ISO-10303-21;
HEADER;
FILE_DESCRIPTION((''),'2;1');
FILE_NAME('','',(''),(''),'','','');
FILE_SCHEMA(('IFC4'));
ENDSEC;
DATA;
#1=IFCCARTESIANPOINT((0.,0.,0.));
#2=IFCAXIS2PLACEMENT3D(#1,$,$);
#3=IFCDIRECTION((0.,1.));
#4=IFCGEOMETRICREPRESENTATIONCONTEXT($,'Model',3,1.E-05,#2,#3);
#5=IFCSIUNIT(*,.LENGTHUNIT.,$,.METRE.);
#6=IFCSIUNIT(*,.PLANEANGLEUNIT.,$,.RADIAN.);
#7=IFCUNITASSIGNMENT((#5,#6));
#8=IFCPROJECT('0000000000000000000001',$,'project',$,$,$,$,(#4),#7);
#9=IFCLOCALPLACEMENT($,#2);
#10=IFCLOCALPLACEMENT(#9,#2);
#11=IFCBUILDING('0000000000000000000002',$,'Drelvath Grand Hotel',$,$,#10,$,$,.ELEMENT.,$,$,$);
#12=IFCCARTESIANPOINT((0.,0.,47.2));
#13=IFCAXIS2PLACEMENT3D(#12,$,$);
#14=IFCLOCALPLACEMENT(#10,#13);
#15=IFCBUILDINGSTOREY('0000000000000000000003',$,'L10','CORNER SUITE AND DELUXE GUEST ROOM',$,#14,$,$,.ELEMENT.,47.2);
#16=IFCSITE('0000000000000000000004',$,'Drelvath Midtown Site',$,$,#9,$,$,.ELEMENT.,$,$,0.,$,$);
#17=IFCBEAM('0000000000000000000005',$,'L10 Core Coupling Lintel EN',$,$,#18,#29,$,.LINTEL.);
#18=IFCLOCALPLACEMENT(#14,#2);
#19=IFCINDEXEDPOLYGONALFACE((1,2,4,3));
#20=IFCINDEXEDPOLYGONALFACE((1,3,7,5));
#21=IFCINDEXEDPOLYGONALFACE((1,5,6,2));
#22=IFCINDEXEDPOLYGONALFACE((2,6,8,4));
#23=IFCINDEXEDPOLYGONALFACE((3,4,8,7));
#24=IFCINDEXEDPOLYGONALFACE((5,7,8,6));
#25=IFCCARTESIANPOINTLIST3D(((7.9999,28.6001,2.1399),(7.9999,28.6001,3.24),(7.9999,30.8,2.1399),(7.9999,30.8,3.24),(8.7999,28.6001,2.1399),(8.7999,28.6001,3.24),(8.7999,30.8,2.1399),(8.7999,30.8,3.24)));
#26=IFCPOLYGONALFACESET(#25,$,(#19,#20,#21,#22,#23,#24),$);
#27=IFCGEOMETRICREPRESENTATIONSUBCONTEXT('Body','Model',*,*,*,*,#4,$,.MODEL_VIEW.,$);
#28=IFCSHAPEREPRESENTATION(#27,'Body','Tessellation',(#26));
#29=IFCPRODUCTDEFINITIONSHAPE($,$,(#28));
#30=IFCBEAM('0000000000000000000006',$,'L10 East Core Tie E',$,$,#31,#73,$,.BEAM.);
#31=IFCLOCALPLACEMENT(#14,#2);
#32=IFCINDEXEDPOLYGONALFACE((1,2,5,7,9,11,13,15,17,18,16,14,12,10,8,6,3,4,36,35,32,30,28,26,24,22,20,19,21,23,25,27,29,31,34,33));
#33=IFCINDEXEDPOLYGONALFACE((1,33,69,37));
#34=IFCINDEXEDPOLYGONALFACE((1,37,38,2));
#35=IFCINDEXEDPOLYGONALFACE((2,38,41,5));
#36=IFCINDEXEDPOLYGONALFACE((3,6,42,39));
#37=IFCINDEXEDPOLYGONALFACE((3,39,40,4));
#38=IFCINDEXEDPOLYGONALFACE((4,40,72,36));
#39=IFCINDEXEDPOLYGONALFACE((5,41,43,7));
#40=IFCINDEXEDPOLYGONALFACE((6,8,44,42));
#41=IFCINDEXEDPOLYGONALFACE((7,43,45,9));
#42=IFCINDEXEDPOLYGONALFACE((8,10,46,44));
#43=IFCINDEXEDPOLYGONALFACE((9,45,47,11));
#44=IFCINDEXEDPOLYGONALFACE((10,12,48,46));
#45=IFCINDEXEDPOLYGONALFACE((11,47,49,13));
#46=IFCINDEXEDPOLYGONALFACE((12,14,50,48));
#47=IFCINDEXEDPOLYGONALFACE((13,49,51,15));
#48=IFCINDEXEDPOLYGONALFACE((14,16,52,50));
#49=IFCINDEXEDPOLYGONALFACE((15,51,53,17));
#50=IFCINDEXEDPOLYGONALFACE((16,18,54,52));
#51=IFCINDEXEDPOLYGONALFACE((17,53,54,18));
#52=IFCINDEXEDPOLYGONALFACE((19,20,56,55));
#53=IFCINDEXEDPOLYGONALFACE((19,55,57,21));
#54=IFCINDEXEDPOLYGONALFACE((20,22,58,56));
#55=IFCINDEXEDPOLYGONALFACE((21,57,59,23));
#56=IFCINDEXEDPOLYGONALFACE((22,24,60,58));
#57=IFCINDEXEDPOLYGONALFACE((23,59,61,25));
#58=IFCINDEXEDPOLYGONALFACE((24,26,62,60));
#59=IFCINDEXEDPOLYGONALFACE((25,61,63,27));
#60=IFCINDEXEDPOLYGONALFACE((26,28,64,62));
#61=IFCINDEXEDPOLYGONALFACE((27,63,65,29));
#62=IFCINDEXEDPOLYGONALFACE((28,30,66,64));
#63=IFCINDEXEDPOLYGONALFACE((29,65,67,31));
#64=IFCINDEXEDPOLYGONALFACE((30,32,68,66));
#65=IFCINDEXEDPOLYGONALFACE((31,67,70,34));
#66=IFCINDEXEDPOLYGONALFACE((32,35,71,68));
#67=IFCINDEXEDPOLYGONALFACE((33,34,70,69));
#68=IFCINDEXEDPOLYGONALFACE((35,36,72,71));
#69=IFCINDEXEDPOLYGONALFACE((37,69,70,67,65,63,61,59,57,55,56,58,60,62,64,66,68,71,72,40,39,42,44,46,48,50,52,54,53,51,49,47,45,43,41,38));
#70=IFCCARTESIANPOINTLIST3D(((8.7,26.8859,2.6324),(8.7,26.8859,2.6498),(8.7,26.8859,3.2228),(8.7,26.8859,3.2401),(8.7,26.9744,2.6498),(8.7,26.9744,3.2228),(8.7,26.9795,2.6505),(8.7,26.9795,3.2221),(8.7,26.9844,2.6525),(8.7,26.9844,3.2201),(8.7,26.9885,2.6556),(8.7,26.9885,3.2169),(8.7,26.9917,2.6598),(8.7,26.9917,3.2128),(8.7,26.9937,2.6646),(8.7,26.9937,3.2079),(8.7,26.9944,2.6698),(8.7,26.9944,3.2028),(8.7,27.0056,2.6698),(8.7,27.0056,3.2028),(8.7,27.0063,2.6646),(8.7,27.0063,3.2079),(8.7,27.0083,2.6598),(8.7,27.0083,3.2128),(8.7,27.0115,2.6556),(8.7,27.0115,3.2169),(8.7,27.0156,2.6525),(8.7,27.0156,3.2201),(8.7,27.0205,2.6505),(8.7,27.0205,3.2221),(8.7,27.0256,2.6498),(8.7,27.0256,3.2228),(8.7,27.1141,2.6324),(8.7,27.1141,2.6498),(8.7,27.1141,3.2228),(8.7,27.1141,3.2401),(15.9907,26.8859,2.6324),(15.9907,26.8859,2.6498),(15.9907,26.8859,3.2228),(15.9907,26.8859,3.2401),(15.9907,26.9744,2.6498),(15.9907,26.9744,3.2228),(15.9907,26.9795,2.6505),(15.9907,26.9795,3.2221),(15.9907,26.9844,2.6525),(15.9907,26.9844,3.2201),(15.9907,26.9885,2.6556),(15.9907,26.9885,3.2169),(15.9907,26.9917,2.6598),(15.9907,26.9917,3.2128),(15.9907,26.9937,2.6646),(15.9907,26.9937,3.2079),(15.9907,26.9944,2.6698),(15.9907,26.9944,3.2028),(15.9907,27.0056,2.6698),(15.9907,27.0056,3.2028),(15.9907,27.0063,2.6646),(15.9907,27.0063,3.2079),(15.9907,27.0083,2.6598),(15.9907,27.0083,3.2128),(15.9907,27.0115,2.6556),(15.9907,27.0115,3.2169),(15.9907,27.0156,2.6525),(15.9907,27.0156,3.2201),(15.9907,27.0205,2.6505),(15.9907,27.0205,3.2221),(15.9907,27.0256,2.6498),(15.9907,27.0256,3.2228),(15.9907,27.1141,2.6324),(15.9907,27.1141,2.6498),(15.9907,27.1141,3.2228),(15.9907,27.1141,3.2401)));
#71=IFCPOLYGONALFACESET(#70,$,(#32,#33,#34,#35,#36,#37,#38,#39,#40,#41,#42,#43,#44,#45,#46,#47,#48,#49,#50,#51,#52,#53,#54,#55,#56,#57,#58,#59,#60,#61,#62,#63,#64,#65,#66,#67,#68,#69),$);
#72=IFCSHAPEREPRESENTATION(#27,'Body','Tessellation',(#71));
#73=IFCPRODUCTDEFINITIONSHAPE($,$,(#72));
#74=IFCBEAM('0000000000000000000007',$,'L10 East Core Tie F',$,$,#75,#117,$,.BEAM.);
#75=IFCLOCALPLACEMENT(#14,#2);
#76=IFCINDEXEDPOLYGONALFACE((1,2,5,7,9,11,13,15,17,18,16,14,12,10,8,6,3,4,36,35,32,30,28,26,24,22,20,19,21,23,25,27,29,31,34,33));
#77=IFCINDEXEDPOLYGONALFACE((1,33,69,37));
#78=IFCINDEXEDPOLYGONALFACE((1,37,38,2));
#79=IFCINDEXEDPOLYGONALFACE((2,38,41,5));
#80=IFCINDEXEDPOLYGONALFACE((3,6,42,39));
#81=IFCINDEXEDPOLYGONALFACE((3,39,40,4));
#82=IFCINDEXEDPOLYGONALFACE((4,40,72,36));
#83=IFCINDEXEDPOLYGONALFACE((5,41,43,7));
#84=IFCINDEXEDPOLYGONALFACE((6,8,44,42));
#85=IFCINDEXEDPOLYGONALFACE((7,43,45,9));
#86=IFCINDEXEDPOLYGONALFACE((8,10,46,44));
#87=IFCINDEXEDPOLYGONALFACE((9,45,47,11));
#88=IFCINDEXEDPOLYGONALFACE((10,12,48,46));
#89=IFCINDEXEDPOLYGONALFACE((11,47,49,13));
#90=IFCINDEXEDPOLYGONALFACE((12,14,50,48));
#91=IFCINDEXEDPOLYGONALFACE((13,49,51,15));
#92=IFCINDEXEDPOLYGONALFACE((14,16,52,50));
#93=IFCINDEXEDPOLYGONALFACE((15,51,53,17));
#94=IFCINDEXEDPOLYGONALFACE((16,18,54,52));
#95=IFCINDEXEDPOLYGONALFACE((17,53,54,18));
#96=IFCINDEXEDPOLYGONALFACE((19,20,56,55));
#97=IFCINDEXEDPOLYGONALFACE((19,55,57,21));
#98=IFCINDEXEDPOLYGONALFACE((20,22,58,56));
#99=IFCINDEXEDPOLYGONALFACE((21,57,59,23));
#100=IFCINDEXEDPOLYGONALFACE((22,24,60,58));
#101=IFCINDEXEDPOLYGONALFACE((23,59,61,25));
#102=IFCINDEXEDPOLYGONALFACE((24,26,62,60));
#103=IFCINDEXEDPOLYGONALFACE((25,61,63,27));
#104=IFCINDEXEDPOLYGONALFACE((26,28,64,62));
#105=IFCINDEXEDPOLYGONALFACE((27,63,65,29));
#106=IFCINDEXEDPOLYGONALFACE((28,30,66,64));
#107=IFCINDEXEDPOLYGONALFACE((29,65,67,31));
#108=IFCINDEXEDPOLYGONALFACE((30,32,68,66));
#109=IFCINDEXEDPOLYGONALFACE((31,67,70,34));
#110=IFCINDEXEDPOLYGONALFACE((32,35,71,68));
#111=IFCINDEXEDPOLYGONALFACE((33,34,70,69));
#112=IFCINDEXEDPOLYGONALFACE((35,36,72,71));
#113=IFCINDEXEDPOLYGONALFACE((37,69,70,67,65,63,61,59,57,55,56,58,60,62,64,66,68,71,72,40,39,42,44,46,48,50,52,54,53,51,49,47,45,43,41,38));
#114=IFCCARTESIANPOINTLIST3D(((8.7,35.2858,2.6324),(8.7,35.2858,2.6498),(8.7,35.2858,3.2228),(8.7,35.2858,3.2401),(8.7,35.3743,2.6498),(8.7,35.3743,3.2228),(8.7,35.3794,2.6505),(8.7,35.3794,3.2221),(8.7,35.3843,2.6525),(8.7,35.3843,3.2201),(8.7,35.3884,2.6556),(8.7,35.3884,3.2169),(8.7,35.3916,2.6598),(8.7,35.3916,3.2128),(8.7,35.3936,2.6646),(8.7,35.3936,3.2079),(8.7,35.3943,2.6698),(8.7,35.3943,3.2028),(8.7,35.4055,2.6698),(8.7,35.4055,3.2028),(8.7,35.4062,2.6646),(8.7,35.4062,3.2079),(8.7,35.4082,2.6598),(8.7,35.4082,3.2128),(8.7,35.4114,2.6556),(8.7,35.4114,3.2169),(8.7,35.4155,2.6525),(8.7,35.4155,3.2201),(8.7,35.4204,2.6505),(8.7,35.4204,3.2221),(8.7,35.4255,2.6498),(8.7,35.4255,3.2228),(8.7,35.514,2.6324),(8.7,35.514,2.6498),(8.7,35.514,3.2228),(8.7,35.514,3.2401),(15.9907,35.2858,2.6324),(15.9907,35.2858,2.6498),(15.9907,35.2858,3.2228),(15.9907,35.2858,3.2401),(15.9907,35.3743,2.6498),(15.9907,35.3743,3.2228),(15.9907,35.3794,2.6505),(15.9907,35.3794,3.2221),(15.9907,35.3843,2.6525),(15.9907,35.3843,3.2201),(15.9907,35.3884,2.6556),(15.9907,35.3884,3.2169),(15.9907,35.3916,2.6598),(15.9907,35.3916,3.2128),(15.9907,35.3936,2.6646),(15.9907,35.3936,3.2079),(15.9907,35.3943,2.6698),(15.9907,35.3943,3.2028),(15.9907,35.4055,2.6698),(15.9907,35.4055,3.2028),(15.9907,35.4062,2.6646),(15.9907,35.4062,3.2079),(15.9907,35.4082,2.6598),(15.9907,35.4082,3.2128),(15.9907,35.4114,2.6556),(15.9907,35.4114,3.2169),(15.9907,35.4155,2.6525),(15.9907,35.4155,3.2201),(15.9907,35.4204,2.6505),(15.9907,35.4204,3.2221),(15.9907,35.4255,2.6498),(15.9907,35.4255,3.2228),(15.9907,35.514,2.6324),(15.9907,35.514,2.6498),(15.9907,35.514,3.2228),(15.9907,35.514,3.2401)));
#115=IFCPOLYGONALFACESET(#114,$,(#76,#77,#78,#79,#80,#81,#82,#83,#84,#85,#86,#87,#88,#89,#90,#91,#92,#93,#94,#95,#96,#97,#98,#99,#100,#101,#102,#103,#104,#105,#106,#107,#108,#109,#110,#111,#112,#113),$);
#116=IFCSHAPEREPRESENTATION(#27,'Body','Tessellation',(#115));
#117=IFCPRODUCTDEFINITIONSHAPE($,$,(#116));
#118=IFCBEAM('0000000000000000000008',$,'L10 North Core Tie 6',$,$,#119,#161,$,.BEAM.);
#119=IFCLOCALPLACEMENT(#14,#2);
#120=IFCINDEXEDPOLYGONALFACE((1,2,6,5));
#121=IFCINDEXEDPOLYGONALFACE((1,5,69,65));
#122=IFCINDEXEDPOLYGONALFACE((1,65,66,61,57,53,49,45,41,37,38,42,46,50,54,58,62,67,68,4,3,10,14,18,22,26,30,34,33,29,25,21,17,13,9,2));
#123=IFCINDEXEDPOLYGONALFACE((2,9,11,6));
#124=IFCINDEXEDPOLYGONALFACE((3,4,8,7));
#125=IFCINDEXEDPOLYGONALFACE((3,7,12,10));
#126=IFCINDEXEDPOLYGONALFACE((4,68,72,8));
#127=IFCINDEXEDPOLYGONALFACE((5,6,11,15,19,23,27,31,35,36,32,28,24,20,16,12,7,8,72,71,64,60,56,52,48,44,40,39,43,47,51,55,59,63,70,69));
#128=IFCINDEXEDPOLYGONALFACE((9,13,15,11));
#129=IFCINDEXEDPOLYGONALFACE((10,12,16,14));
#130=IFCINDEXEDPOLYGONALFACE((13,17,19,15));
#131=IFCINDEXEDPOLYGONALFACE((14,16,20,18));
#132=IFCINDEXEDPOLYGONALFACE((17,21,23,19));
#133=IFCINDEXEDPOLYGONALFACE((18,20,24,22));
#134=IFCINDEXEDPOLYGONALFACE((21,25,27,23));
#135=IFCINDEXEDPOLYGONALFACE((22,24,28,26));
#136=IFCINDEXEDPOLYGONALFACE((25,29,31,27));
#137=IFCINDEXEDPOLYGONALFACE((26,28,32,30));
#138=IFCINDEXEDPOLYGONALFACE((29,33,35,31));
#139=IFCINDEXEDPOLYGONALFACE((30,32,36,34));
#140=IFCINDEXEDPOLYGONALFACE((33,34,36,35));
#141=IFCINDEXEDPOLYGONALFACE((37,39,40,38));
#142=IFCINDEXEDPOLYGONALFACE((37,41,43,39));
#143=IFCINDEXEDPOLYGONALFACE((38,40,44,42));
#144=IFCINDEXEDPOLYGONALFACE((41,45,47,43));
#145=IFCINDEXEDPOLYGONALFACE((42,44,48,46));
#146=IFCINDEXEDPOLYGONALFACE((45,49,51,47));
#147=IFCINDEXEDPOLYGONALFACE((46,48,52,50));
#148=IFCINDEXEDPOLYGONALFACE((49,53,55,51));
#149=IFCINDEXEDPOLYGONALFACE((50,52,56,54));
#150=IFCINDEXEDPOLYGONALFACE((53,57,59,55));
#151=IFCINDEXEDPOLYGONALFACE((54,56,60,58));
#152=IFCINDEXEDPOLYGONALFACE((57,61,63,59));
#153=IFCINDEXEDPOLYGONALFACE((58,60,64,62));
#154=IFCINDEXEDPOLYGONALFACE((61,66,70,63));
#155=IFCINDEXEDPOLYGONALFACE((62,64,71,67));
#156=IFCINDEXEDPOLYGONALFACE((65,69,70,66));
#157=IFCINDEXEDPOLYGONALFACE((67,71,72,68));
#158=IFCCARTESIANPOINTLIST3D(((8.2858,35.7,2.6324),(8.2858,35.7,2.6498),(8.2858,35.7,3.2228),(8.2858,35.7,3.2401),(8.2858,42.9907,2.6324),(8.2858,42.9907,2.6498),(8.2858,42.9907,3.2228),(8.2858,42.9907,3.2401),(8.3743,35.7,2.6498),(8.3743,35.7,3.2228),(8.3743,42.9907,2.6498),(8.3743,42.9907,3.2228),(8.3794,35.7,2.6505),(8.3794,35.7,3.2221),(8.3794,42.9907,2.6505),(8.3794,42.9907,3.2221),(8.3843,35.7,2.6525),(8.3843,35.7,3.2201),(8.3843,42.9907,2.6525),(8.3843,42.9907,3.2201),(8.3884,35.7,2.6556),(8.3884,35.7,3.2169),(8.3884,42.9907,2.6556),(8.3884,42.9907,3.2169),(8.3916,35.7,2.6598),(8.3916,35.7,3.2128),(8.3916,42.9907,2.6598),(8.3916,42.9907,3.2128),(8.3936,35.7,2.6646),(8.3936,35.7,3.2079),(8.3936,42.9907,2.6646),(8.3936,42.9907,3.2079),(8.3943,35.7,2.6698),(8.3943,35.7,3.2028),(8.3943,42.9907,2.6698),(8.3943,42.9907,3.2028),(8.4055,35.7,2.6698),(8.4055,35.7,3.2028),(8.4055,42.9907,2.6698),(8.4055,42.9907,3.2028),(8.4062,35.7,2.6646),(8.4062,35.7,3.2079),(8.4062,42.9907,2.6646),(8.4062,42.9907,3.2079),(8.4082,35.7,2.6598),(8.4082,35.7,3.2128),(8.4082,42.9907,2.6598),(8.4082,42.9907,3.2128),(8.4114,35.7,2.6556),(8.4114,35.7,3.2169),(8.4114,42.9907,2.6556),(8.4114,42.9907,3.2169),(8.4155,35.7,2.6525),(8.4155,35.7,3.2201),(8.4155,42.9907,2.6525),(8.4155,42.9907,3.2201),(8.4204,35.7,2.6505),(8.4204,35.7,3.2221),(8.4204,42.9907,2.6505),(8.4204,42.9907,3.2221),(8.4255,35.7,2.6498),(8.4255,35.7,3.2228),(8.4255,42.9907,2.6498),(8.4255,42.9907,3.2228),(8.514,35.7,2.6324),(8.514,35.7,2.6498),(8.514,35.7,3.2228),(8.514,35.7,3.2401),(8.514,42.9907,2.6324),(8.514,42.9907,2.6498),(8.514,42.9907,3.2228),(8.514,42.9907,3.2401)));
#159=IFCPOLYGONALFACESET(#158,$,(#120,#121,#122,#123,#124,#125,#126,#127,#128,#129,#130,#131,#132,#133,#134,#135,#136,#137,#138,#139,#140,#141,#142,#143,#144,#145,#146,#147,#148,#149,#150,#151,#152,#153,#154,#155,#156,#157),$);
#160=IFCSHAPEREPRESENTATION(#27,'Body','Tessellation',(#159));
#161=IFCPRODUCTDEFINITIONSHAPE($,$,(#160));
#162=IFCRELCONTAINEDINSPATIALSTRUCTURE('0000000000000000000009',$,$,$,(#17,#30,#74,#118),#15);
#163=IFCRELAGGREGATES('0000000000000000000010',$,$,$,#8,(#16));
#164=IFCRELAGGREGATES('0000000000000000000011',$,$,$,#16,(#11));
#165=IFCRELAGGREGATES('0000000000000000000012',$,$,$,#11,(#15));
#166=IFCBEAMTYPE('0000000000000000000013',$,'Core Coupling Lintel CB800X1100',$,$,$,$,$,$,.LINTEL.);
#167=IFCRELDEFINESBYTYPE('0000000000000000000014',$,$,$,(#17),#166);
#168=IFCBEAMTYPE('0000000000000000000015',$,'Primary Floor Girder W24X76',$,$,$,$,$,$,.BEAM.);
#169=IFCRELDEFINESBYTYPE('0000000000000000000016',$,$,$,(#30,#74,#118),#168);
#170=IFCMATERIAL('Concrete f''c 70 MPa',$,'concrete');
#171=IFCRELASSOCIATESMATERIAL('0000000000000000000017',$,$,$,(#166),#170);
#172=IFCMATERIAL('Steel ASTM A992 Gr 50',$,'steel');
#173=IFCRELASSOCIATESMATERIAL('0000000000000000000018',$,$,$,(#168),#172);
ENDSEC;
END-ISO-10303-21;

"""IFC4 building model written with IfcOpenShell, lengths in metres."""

from ifc_helpers import new_model, si_unit, direction, frame, origin, origin_2d, place, context, subcontext, project, spatial, rectangle, i_section, extrude, material, material_profile, profile_set, type_object, element, save


model = new_model("IFC4")

# Units and contexts
model_context = context("Model", 3, precision=1e-05, world=origin(), true_north=direction((0.0, 1.0)))
body_context = subcontext(model_context, "Body", "Model", "MODEL_VIEW")
ifc_project = project(units=[si_unit("LENGTHUNIT", "METRE"), si_unit("PLANEANGLEUNIT", "RADIAN")], contexts=[model_context])

# Site, building, storey
site_placement = place(None, origin())
site = spatial("IfcSite", under=ifc_project, at=site_placement, Name="Drelvath Midtown Site", CompositionType="ELEMENT", RefElevation=0.0)
building_placement = place(site_placement, origin())
building = spatial("IfcBuilding", under=site, at=building_placement, Name="Drelvath Grand Hotel", CompositionType="ELEMENT")
storey_placement = place(building_placement, frame((0.0, 0.0, 47.2)))
storey = spatial("IfcBuildingStorey", under=building, at=storey_placement, Name="L10", Description="CORNER SUITE AND DELUXE GUEST ROOM", CompositionType="ELEMENT", Elevation=47.2)

# Beams
ifc_material_1 = material(Name="Concrete f'c 70 MPa", Category="concrete")
ifc_material_profile_1 = material_profile(ifc_material_1, rectangle(XDim=0.8, YDim=1.1001, at=origin_2d()), Name="CB800X1100")
ifc_profile_set_1 = profile_set([ifc_material_profile_1], Name="Concrete f'c 70 MPa")
beam_type_1 = type_object("IfcBeamType", Name="Core Coupling Lintel CB800X1100", PredefinedType="LINTEL", material=ifc_profile_set_1)
beam_placement = place(storey_placement, frame((8.3999, 28.6001, 2.6899), z_axis=(0.0, 1.0, 0.0), x_axis=(-1.0, 0.0, 0.0)))
element("IfcBeam", 1, at=beam_placement, inside=storey, type_object=beam_type_1, Name="L10 Core Coupling Lintel EN", PredefinedType="LINTEL", context=body_context, shape_type="SweptSolid", body=[
    extrude(rectangle(XDim=0.8, YDim=1.1001, at=origin_2d()), origin(), (0.0, 0.0, 1.0), 2.2),
])
ifc_material_2 = material(Name="Steel ASTM A992 Gr 50", Category="steel")
ifc_material_profile_2 = material_profile(ifc_material_2, i_section(OverallWidth=0.2283, OverallDepth=0.6077, WebThickness=0.0112, FlangeThickness=0.0173, FilletRadius=0.02, at=origin_2d()), Name="W24X76")
ifc_profile_set_2 = profile_set([ifc_material_profile_2], Name="Steel ASTM A992 Gr 50")
beam_type_2 = type_object("IfcBeamType", Name="Primary Floor Girder W24X76", PredefinedType="BEAM", material=ifc_profile_set_2)
for number, where, z_axis, x_axis, name in (
    (2, (8.7, 27.0, 2.9363), (1.0, 0.0, 0.0), (0.0, 1.0, 0.0), "L10 East Core Tie E"),
    (3, (8.7, 35.3999, 2.9363), (1.0, 0.0, 0.0), (0.0, 1.0, 0.0), "L10 East Core Tie F"),
    (4, (8.3999, 35.7, 2.9363), (0.0, 1.0, 0.0), (-1.0, 0.0, 0.0), "L10 North Core Tie 6"),
):
    element("IfcBeam", number, at=place(storey_placement, frame(where, z_axis=z_axis, x_axis=x_axis)), inside=storey, type_object=beam_type_2, Name=name, PredefinedType="BEAM", context=body_context, shape_type="SweptSolid", body=[
        extrude(i_section(OverallWidth=0.2283, OverallDepth=0.6077, WebThickness=0.0112, FlangeThickness=0.0173, FilletRadius=0.02, at=origin_2d()), origin(), (0.0, 0.0, 1.0), 7.2908),
    ])

save(model, "model.ifc")
